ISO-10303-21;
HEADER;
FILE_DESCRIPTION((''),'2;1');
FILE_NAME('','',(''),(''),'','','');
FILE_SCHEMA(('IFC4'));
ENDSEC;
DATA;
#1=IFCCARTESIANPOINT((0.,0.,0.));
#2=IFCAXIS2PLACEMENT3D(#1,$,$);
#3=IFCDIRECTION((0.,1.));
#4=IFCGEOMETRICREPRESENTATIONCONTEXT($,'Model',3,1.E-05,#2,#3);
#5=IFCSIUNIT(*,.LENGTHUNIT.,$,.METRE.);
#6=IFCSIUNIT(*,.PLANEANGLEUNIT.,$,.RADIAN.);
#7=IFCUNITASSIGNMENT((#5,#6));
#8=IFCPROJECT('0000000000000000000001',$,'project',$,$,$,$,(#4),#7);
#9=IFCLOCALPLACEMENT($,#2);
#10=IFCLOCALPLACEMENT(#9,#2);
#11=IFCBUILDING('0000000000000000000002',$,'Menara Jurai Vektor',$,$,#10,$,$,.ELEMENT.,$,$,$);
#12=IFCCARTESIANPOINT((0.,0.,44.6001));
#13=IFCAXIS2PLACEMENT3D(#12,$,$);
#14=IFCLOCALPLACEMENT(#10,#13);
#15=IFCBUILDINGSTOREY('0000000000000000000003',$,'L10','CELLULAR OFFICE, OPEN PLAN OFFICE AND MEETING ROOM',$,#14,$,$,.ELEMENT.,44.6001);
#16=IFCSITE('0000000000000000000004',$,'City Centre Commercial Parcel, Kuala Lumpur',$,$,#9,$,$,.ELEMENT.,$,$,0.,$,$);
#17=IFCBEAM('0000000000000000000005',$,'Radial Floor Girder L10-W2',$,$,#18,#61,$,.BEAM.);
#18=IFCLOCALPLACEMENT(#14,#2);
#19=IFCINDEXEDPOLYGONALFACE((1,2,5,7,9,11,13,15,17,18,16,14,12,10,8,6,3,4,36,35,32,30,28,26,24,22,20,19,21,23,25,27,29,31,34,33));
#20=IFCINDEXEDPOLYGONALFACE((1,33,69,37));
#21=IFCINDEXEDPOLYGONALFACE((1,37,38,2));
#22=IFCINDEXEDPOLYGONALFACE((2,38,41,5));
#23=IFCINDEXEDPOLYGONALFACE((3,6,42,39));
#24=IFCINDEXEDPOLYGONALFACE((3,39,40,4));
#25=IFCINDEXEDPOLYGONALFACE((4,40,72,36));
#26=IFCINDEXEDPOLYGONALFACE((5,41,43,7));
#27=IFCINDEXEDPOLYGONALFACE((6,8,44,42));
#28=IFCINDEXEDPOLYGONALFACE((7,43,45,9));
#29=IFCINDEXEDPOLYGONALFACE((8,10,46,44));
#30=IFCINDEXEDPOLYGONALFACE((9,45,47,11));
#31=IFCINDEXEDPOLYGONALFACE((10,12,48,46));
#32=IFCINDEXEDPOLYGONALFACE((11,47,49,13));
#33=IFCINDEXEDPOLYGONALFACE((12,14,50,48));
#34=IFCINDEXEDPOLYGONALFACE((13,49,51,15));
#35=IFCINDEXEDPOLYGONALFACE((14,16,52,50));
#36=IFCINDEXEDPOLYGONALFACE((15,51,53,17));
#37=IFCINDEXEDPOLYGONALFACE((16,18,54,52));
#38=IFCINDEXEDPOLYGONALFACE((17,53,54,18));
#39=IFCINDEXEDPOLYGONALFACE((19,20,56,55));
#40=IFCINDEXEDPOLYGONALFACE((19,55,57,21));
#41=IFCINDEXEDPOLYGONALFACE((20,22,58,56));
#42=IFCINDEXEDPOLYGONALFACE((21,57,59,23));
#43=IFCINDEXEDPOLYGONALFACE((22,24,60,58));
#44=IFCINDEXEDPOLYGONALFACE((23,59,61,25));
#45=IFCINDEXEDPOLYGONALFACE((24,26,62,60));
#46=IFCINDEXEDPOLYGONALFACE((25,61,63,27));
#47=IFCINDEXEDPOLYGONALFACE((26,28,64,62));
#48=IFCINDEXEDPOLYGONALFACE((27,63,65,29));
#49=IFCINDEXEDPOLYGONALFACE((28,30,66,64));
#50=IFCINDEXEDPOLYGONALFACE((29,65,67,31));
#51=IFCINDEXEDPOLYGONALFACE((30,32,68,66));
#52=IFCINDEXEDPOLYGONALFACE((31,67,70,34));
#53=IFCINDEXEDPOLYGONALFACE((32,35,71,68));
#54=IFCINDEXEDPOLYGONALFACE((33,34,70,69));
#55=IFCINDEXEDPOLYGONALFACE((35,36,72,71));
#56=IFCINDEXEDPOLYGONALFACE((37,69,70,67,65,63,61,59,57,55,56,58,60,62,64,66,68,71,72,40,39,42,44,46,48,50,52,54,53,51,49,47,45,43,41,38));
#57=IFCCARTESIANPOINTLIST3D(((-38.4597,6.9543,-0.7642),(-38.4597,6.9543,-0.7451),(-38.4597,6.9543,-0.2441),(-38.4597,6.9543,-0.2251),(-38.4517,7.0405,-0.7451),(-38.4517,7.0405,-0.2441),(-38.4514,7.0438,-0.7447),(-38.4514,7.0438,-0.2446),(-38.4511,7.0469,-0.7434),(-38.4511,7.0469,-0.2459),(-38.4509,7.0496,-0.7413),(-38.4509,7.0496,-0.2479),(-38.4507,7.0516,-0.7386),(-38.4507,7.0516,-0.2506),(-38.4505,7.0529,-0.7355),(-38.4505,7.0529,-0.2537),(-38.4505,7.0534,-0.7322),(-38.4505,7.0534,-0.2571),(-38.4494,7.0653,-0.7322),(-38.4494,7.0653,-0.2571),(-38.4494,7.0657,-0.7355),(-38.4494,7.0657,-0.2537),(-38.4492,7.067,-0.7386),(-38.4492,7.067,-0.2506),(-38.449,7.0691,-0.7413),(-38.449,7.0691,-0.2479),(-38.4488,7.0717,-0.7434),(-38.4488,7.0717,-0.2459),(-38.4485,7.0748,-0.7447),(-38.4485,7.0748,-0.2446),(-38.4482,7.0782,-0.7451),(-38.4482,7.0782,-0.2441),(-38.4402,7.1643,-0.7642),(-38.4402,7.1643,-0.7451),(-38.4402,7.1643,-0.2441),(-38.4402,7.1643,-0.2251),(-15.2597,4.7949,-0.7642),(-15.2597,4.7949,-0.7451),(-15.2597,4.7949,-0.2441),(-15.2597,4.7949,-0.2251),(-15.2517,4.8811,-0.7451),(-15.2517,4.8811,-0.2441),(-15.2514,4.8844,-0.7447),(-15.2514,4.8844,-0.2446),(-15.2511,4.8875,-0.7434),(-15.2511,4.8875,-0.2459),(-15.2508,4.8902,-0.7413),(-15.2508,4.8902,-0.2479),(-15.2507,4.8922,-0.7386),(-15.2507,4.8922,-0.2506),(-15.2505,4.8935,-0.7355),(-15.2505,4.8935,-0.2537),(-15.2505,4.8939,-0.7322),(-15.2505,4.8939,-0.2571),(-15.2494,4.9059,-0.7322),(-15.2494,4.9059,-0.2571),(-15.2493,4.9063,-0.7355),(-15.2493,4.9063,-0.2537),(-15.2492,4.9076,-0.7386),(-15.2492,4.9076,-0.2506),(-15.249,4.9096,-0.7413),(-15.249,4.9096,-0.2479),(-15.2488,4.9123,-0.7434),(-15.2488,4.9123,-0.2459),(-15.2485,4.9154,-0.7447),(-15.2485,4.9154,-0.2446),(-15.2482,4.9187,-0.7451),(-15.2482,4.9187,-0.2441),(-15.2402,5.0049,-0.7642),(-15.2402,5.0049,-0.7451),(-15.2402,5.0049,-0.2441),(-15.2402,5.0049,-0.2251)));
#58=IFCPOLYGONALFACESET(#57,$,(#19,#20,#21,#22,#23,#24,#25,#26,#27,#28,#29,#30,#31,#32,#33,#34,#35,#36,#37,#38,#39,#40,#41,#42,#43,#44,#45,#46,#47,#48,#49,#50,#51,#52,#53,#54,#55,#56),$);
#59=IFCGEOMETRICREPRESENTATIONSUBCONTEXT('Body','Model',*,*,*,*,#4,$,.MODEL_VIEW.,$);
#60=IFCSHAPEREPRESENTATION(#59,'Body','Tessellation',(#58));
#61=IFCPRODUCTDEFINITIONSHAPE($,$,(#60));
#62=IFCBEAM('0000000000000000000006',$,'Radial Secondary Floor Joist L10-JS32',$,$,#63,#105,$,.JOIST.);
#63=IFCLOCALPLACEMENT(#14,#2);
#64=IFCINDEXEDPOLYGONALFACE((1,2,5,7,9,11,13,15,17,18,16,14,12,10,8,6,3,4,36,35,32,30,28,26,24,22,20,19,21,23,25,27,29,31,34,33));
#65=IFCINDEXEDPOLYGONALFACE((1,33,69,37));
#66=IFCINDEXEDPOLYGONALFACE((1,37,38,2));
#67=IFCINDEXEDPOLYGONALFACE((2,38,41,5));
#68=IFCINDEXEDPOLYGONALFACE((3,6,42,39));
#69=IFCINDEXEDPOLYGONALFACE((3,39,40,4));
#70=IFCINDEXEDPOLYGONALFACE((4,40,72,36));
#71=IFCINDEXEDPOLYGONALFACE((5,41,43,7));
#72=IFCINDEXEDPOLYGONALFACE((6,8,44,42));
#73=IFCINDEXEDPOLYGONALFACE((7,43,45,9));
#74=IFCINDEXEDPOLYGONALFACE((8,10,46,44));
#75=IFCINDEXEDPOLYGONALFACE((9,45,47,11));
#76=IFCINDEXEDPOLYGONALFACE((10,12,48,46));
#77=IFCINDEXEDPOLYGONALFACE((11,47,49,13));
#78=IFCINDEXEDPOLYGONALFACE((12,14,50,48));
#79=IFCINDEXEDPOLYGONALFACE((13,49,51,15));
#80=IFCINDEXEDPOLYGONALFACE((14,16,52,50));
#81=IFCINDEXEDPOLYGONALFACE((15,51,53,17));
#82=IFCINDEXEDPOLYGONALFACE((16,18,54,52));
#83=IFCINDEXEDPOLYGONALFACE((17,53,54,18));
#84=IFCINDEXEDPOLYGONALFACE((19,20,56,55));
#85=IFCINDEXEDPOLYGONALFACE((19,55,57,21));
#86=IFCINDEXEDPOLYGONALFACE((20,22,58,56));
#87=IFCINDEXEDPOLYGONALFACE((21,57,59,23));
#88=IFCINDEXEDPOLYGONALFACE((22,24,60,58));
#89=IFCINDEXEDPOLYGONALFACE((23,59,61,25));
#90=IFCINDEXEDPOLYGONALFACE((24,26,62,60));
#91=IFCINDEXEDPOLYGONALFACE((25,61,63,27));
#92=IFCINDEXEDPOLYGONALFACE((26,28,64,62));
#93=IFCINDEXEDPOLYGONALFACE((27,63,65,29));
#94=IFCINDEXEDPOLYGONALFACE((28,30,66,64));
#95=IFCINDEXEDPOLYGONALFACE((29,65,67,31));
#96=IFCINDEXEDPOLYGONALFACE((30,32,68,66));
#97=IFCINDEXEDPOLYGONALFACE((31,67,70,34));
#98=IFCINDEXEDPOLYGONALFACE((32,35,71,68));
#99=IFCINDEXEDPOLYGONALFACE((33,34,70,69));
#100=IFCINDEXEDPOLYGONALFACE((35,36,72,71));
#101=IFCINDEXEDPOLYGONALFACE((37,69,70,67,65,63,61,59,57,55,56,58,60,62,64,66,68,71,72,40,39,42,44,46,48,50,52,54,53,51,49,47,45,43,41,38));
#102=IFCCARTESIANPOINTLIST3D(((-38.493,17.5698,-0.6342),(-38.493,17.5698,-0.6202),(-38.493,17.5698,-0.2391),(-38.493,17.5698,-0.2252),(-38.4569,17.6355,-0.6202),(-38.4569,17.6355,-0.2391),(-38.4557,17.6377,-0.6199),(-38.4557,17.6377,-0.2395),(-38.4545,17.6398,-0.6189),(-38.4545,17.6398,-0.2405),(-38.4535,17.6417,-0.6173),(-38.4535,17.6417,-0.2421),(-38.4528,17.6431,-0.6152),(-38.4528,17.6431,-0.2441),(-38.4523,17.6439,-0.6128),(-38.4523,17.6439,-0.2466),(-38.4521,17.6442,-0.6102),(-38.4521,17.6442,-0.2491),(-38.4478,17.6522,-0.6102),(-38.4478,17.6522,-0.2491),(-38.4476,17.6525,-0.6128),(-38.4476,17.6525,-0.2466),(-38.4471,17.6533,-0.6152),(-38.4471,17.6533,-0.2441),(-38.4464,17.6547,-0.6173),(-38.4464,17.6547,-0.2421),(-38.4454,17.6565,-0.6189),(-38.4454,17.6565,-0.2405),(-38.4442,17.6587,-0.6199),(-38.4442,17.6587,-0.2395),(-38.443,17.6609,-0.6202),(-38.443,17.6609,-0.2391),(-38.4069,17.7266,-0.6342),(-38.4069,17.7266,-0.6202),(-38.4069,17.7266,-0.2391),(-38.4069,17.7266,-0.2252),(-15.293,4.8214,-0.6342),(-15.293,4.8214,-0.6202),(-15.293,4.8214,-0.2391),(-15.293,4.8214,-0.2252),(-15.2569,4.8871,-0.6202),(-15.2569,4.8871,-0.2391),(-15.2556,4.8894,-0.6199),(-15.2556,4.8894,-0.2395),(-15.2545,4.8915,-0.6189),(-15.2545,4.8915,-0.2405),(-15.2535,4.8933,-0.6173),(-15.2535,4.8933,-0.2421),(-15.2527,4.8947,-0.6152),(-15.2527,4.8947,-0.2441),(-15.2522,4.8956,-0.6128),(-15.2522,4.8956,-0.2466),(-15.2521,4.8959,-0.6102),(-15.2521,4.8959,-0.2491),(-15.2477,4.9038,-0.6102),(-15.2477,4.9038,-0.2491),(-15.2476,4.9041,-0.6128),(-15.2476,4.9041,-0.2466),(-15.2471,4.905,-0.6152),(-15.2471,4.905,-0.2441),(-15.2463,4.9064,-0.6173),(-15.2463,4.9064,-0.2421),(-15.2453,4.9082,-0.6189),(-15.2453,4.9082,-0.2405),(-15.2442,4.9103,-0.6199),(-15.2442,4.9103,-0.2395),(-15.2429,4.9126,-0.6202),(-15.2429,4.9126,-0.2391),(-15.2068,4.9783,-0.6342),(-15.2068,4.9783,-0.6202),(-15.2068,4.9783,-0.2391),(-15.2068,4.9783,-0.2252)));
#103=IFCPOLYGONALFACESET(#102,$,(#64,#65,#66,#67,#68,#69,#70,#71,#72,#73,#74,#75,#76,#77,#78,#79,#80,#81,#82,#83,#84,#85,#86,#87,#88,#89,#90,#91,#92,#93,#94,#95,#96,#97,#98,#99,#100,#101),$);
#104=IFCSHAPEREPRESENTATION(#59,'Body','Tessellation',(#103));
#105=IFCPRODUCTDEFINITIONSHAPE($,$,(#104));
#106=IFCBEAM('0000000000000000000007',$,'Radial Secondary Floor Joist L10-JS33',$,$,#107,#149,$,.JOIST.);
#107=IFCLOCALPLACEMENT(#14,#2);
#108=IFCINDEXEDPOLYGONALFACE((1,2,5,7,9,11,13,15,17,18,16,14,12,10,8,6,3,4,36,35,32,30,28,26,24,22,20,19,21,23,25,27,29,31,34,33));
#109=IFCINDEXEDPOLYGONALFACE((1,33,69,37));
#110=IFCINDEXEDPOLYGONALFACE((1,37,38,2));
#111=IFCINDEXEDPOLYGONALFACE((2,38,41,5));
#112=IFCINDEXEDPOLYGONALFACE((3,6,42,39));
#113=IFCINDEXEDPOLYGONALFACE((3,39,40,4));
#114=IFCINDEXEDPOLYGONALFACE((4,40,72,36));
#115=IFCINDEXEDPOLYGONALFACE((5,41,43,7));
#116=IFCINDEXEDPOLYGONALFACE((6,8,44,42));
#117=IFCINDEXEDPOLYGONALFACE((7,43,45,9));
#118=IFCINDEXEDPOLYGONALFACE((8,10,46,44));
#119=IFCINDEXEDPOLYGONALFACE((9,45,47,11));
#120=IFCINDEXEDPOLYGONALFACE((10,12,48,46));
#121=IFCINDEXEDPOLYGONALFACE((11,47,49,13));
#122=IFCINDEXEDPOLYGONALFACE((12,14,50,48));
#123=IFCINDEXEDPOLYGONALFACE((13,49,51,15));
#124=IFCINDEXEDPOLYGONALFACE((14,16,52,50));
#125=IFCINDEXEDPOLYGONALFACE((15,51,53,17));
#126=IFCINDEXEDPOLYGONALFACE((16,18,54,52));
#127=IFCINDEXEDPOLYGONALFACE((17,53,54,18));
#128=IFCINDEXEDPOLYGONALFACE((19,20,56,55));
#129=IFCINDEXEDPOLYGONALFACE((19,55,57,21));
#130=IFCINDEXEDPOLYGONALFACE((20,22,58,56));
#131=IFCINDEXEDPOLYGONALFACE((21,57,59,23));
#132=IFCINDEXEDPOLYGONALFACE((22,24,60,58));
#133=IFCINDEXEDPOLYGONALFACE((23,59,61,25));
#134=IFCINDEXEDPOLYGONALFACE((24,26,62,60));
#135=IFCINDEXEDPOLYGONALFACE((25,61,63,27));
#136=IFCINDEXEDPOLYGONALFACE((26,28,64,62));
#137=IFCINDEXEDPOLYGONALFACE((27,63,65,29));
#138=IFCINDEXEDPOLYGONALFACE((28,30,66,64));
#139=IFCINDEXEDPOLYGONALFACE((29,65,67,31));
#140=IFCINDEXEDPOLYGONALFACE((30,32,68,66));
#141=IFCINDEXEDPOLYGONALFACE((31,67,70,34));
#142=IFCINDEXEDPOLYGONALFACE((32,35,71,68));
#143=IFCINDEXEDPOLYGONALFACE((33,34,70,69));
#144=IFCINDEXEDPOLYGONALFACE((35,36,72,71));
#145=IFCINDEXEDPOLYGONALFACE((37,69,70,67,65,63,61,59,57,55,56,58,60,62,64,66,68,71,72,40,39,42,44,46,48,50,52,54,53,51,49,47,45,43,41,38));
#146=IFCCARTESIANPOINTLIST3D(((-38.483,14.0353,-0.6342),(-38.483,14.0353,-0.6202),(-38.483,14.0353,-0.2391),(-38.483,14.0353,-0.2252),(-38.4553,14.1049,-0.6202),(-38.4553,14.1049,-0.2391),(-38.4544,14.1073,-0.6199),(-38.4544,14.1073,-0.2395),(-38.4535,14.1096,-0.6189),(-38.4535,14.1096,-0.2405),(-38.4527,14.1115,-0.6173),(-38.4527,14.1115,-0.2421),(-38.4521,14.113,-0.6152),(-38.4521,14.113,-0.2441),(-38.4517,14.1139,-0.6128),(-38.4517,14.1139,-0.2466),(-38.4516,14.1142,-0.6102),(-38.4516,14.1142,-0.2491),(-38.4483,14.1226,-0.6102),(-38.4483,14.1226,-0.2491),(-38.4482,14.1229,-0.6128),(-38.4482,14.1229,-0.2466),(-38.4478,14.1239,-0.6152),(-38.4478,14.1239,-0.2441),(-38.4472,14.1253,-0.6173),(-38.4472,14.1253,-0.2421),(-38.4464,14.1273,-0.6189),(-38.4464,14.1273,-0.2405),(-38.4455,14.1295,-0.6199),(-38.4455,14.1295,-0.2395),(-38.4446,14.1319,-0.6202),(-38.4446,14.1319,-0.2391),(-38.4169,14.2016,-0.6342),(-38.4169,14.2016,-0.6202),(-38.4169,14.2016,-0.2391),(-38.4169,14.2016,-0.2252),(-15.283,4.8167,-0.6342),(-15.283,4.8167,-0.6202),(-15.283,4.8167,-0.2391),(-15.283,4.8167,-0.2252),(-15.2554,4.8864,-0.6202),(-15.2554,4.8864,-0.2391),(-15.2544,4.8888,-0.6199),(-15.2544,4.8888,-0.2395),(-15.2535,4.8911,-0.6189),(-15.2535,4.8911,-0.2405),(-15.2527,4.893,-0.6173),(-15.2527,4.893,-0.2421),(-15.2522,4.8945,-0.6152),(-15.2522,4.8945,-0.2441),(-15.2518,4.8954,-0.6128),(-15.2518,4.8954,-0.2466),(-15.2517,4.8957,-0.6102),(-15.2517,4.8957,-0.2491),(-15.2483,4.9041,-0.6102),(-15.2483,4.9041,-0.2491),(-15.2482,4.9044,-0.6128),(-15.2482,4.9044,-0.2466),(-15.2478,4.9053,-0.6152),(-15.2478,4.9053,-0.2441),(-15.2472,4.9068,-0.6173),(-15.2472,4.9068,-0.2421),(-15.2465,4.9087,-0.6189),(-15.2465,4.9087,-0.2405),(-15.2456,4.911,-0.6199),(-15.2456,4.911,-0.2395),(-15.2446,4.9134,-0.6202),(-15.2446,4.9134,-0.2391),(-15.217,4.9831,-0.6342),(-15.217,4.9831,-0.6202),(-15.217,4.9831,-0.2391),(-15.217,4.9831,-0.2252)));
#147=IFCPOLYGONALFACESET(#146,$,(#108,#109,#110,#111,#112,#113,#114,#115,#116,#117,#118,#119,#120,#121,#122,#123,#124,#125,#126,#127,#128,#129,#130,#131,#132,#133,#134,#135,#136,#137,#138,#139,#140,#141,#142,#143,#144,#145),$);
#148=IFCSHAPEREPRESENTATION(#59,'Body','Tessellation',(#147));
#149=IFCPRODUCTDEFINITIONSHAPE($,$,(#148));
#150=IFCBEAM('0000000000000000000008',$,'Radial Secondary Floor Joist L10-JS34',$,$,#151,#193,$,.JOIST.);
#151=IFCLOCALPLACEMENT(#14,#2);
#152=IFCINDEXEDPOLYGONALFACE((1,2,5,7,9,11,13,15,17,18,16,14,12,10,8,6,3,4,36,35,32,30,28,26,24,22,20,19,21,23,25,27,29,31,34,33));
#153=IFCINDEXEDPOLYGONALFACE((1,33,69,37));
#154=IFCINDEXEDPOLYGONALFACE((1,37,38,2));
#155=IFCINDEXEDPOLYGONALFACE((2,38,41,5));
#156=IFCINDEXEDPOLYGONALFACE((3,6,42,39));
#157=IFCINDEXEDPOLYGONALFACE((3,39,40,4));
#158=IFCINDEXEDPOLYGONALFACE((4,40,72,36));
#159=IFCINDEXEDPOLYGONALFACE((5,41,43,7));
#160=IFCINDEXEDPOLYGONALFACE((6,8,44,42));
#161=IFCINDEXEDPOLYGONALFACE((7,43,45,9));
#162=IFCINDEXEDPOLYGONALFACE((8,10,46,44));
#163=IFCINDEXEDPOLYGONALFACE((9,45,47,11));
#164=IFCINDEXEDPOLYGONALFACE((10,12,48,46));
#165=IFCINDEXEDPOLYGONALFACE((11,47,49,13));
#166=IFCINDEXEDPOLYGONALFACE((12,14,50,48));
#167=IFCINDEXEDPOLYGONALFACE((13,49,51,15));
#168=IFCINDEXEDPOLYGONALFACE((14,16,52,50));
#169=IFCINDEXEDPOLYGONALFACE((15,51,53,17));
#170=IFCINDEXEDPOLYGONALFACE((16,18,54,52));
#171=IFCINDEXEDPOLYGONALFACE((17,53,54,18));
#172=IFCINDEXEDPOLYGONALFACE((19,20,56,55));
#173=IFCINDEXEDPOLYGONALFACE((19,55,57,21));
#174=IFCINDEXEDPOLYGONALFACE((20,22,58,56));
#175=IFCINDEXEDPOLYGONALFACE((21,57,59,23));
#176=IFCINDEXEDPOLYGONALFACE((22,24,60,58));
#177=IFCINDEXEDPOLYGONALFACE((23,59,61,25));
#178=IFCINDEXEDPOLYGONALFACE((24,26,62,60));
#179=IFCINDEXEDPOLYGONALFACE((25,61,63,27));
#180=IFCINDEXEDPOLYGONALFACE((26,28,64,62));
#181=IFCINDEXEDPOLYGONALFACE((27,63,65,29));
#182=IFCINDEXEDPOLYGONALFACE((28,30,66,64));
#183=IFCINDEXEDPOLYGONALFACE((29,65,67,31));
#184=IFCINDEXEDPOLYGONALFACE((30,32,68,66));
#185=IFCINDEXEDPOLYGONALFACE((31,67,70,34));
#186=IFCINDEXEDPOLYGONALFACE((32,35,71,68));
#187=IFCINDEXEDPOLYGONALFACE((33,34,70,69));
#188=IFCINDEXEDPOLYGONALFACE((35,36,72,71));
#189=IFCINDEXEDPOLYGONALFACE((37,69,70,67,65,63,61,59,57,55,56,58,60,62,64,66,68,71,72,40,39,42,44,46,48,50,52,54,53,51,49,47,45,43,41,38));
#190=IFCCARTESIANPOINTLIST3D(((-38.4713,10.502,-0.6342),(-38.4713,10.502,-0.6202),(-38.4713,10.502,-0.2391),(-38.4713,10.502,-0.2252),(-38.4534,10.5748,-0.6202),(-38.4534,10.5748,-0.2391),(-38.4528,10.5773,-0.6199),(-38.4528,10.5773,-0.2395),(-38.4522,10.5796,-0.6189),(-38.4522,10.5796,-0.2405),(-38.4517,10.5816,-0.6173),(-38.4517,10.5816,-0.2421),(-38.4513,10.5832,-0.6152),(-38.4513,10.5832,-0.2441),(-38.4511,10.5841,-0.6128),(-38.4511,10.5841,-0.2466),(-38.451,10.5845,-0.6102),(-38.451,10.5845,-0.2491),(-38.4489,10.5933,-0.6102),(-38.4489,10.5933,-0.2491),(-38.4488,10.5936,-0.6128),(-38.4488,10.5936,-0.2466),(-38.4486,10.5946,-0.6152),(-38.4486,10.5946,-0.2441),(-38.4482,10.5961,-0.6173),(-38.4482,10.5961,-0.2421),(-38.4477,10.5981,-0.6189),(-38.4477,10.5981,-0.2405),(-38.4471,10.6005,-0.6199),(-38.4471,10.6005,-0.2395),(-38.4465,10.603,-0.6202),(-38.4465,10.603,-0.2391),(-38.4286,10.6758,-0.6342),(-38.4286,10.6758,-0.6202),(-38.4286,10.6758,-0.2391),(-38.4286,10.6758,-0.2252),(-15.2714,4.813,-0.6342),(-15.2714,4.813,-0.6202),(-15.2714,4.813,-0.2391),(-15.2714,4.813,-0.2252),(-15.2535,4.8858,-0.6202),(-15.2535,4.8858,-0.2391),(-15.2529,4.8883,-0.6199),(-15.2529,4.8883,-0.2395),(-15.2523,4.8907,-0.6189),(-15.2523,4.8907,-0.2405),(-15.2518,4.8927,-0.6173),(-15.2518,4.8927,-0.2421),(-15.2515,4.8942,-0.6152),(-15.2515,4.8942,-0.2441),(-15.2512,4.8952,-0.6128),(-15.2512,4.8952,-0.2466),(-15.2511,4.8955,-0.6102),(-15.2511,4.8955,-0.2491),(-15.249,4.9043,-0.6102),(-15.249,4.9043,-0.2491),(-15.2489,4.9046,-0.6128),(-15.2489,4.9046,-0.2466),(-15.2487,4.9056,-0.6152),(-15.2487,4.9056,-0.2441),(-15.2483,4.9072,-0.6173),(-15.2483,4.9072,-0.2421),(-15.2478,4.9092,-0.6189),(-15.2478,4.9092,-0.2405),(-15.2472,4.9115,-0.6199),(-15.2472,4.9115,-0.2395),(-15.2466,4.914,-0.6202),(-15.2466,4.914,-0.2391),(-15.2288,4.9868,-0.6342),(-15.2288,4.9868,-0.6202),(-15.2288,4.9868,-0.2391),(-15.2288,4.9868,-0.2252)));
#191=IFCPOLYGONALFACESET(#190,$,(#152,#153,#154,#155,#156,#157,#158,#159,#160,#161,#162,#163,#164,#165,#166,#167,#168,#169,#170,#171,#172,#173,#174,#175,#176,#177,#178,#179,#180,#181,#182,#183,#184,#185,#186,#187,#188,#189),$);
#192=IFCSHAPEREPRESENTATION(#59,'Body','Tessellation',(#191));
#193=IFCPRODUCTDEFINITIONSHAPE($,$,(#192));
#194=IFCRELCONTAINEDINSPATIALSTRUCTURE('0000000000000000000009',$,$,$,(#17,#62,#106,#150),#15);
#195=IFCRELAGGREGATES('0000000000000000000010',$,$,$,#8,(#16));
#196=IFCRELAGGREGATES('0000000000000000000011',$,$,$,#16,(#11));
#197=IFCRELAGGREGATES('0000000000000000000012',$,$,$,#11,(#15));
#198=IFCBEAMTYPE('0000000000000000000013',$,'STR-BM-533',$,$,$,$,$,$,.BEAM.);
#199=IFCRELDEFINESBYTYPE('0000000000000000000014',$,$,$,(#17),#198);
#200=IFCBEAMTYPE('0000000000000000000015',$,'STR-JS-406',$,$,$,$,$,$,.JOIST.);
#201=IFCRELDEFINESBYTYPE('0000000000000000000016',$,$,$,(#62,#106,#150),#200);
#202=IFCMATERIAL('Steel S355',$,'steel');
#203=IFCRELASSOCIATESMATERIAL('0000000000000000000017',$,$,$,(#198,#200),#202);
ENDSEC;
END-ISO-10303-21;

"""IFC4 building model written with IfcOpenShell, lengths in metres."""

from ifc_helpers import new_model, si_unit, direction, frame, origin, origin_2d, place, context, subcontext, project, spatial, i_section, extrude, material, material_profile, profile_set, type_object, element, save


model = new_model("IFC4")

# Units and contexts
model_context = context("Model", 3, precision=1e-05, world=origin(), true_north=direction((0.0, 1.0)))
body_context = subcontext(model_context, "Body", "Model", "MODEL_VIEW")
ifc_project = project(units=[si_unit("LENGTHUNIT", "METRE"), si_unit("PLANEANGLEUNIT", "RADIAN")], contexts=[model_context])

# Site, building, storey
site_placement = place(None, origin())
site = spatial("IfcSite", under=ifc_project, at=site_placement, Name="City Centre Commercial Parcel, Kuala Lumpur", CompositionType="ELEMENT", RefElevation=0.0)
building_placement = place(site_placement, origin())
building = spatial("IfcBuilding", under=site, at=building_placement, Name="Menara Jurai Vektor", CompositionType="ELEMENT")
storey_placement = place(building_placement, frame((0.0, 0.0, 44.6001)))
storey = spatial("IfcBuildingStorey", under=building, at=storey_placement, Name="L10", Description="CELLULAR OFFICE, OPEN PLAN OFFICE AND MEETING ROOM", CompositionType="ELEMENT", Elevation=44.6001)

# Beams
ifc_material_1 = material(Name="Steel S355", Category="steel")
ifc_material_profile_1 = material_profile(ifc_material_1, i_section(OverallWidth=0.2109, OverallDepth=0.5391, WebThickness=0.012, FlangeThickness=0.019, FilletRadius=0.0129, at=origin_2d()), Name="UKB 533x210x109")
ifc_profile_set_1 = profile_set([ifc_material_profile_1], Name="Steel S355")
beam_type_1 = type_object("IfcBeamType", Name="STR-BM-533", PredefinedType="BEAM", material=ifc_profile_set_1)
beam_1_placement = place(storey_placement, frame((-38.45, 7.0593, -0.4946), z_axis=(0.995696, -0.092678, 0.0), x_axis=(0.092678, 0.995696, 0.0)))
element("IfcBeam", 1, at=beam_1_placement, inside=storey, type_object=beam_type_1, Name="Radial Floor Girder L10-W2", PredefinedType="BEAM", context=body_context, shape_type="SweptSolid", body=[
    extrude(i_section(OverallWidth=0.2109, OverallDepth=0.5391, WebThickness=0.012, FlangeThickness=0.019, FilletRadius=0.0129, at=origin_2d()), origin(), (0.0, 0.0, 1.0), 23.3003),
])
ifc_material_profile_2 = material_profile(ifc_material_1, i_section(OverallWidth=0.179, OverallDepth=0.4089, WebThickness=0.009, FlangeThickness=0.0139, FilletRadius=0.01, at=origin_2d()), Name="UKB 406x178x67")
ifc_profile_set_2 = profile_set([ifc_material_profile_2], Name="Steel S355")
beam_type_2 = type_object("IfcBeamType", Name="STR-JS-406", PredefinedType="JOIST", material=ifc_profile_set_2)
beam_2_placement = place(storey_placement, frame((-38.45, 17.6482, -0.4297), z_axis=(0.876402, -0.48158, 0.0), x_axis=(0.48158, 0.876402, 0.0)))
element("IfcBeam", 2, at=beam_2_placement, inside=storey, type_object=beam_type_2, Name="Radial Secondary Floor Joist L10-JS32", PredefinedType="JOIST", context=body_context, shape_type="SweptSolid", body=[
    extrude(i_section(OverallWidth=0.179, OverallDepth=0.4089, WebThickness=0.009, FlangeThickness=0.0139, FilletRadius=0.01, at=origin_2d()), origin(), (0.0, 0.0, 1.0), 26.4719),
])
beam_3_placement = place(storey_placement, frame((-38.45, 14.1184, -0.4297), z_axis=(0.929323, -0.369267, 0.0), x_axis=(0.369267, 0.929323, 0.0)))
element("IfcBeam", 3, at=beam_3_placement, inside=storey, type_object=beam_type_2, Name="Radial Secondary Floor Joist L10-JS33", PredefinedType="JOIST", context=body_context, shape_type="SweptSolid", body=[
    extrude(i_section(OverallWidth=0.179, OverallDepth=0.4089, WebThickness=0.009, FlangeThickness=0.0139, FilletRadius=0.01, at=origin_2d()), origin(), (0.0, 0.0, 1.0), 24.9644),
])
beam_4_placement = place(storey_placement, frame((-38.45, 10.5889, -0.4297), z_axis=(0.971226, -0.238159, 0.0), x_axis=(0.238159, 0.971226, 0.0)))
element("IfcBeam", 4, at=beam_4_placement, inside=storey, type_object=beam_type_2, Name="Radial Secondary Floor Joist L10-JS34", PredefinedType="JOIST", context=body_context, shape_type="SweptSolid", body=[
    extrude(i_section(OverallWidth=0.179, OverallDepth=0.4089, WebThickness=0.009, FlangeThickness=0.0139, FilletRadius=0.01, at=origin_2d()), origin(), (0.0, 0.0, 1.0), 23.8872),
])

save(model, "model.ifc")
